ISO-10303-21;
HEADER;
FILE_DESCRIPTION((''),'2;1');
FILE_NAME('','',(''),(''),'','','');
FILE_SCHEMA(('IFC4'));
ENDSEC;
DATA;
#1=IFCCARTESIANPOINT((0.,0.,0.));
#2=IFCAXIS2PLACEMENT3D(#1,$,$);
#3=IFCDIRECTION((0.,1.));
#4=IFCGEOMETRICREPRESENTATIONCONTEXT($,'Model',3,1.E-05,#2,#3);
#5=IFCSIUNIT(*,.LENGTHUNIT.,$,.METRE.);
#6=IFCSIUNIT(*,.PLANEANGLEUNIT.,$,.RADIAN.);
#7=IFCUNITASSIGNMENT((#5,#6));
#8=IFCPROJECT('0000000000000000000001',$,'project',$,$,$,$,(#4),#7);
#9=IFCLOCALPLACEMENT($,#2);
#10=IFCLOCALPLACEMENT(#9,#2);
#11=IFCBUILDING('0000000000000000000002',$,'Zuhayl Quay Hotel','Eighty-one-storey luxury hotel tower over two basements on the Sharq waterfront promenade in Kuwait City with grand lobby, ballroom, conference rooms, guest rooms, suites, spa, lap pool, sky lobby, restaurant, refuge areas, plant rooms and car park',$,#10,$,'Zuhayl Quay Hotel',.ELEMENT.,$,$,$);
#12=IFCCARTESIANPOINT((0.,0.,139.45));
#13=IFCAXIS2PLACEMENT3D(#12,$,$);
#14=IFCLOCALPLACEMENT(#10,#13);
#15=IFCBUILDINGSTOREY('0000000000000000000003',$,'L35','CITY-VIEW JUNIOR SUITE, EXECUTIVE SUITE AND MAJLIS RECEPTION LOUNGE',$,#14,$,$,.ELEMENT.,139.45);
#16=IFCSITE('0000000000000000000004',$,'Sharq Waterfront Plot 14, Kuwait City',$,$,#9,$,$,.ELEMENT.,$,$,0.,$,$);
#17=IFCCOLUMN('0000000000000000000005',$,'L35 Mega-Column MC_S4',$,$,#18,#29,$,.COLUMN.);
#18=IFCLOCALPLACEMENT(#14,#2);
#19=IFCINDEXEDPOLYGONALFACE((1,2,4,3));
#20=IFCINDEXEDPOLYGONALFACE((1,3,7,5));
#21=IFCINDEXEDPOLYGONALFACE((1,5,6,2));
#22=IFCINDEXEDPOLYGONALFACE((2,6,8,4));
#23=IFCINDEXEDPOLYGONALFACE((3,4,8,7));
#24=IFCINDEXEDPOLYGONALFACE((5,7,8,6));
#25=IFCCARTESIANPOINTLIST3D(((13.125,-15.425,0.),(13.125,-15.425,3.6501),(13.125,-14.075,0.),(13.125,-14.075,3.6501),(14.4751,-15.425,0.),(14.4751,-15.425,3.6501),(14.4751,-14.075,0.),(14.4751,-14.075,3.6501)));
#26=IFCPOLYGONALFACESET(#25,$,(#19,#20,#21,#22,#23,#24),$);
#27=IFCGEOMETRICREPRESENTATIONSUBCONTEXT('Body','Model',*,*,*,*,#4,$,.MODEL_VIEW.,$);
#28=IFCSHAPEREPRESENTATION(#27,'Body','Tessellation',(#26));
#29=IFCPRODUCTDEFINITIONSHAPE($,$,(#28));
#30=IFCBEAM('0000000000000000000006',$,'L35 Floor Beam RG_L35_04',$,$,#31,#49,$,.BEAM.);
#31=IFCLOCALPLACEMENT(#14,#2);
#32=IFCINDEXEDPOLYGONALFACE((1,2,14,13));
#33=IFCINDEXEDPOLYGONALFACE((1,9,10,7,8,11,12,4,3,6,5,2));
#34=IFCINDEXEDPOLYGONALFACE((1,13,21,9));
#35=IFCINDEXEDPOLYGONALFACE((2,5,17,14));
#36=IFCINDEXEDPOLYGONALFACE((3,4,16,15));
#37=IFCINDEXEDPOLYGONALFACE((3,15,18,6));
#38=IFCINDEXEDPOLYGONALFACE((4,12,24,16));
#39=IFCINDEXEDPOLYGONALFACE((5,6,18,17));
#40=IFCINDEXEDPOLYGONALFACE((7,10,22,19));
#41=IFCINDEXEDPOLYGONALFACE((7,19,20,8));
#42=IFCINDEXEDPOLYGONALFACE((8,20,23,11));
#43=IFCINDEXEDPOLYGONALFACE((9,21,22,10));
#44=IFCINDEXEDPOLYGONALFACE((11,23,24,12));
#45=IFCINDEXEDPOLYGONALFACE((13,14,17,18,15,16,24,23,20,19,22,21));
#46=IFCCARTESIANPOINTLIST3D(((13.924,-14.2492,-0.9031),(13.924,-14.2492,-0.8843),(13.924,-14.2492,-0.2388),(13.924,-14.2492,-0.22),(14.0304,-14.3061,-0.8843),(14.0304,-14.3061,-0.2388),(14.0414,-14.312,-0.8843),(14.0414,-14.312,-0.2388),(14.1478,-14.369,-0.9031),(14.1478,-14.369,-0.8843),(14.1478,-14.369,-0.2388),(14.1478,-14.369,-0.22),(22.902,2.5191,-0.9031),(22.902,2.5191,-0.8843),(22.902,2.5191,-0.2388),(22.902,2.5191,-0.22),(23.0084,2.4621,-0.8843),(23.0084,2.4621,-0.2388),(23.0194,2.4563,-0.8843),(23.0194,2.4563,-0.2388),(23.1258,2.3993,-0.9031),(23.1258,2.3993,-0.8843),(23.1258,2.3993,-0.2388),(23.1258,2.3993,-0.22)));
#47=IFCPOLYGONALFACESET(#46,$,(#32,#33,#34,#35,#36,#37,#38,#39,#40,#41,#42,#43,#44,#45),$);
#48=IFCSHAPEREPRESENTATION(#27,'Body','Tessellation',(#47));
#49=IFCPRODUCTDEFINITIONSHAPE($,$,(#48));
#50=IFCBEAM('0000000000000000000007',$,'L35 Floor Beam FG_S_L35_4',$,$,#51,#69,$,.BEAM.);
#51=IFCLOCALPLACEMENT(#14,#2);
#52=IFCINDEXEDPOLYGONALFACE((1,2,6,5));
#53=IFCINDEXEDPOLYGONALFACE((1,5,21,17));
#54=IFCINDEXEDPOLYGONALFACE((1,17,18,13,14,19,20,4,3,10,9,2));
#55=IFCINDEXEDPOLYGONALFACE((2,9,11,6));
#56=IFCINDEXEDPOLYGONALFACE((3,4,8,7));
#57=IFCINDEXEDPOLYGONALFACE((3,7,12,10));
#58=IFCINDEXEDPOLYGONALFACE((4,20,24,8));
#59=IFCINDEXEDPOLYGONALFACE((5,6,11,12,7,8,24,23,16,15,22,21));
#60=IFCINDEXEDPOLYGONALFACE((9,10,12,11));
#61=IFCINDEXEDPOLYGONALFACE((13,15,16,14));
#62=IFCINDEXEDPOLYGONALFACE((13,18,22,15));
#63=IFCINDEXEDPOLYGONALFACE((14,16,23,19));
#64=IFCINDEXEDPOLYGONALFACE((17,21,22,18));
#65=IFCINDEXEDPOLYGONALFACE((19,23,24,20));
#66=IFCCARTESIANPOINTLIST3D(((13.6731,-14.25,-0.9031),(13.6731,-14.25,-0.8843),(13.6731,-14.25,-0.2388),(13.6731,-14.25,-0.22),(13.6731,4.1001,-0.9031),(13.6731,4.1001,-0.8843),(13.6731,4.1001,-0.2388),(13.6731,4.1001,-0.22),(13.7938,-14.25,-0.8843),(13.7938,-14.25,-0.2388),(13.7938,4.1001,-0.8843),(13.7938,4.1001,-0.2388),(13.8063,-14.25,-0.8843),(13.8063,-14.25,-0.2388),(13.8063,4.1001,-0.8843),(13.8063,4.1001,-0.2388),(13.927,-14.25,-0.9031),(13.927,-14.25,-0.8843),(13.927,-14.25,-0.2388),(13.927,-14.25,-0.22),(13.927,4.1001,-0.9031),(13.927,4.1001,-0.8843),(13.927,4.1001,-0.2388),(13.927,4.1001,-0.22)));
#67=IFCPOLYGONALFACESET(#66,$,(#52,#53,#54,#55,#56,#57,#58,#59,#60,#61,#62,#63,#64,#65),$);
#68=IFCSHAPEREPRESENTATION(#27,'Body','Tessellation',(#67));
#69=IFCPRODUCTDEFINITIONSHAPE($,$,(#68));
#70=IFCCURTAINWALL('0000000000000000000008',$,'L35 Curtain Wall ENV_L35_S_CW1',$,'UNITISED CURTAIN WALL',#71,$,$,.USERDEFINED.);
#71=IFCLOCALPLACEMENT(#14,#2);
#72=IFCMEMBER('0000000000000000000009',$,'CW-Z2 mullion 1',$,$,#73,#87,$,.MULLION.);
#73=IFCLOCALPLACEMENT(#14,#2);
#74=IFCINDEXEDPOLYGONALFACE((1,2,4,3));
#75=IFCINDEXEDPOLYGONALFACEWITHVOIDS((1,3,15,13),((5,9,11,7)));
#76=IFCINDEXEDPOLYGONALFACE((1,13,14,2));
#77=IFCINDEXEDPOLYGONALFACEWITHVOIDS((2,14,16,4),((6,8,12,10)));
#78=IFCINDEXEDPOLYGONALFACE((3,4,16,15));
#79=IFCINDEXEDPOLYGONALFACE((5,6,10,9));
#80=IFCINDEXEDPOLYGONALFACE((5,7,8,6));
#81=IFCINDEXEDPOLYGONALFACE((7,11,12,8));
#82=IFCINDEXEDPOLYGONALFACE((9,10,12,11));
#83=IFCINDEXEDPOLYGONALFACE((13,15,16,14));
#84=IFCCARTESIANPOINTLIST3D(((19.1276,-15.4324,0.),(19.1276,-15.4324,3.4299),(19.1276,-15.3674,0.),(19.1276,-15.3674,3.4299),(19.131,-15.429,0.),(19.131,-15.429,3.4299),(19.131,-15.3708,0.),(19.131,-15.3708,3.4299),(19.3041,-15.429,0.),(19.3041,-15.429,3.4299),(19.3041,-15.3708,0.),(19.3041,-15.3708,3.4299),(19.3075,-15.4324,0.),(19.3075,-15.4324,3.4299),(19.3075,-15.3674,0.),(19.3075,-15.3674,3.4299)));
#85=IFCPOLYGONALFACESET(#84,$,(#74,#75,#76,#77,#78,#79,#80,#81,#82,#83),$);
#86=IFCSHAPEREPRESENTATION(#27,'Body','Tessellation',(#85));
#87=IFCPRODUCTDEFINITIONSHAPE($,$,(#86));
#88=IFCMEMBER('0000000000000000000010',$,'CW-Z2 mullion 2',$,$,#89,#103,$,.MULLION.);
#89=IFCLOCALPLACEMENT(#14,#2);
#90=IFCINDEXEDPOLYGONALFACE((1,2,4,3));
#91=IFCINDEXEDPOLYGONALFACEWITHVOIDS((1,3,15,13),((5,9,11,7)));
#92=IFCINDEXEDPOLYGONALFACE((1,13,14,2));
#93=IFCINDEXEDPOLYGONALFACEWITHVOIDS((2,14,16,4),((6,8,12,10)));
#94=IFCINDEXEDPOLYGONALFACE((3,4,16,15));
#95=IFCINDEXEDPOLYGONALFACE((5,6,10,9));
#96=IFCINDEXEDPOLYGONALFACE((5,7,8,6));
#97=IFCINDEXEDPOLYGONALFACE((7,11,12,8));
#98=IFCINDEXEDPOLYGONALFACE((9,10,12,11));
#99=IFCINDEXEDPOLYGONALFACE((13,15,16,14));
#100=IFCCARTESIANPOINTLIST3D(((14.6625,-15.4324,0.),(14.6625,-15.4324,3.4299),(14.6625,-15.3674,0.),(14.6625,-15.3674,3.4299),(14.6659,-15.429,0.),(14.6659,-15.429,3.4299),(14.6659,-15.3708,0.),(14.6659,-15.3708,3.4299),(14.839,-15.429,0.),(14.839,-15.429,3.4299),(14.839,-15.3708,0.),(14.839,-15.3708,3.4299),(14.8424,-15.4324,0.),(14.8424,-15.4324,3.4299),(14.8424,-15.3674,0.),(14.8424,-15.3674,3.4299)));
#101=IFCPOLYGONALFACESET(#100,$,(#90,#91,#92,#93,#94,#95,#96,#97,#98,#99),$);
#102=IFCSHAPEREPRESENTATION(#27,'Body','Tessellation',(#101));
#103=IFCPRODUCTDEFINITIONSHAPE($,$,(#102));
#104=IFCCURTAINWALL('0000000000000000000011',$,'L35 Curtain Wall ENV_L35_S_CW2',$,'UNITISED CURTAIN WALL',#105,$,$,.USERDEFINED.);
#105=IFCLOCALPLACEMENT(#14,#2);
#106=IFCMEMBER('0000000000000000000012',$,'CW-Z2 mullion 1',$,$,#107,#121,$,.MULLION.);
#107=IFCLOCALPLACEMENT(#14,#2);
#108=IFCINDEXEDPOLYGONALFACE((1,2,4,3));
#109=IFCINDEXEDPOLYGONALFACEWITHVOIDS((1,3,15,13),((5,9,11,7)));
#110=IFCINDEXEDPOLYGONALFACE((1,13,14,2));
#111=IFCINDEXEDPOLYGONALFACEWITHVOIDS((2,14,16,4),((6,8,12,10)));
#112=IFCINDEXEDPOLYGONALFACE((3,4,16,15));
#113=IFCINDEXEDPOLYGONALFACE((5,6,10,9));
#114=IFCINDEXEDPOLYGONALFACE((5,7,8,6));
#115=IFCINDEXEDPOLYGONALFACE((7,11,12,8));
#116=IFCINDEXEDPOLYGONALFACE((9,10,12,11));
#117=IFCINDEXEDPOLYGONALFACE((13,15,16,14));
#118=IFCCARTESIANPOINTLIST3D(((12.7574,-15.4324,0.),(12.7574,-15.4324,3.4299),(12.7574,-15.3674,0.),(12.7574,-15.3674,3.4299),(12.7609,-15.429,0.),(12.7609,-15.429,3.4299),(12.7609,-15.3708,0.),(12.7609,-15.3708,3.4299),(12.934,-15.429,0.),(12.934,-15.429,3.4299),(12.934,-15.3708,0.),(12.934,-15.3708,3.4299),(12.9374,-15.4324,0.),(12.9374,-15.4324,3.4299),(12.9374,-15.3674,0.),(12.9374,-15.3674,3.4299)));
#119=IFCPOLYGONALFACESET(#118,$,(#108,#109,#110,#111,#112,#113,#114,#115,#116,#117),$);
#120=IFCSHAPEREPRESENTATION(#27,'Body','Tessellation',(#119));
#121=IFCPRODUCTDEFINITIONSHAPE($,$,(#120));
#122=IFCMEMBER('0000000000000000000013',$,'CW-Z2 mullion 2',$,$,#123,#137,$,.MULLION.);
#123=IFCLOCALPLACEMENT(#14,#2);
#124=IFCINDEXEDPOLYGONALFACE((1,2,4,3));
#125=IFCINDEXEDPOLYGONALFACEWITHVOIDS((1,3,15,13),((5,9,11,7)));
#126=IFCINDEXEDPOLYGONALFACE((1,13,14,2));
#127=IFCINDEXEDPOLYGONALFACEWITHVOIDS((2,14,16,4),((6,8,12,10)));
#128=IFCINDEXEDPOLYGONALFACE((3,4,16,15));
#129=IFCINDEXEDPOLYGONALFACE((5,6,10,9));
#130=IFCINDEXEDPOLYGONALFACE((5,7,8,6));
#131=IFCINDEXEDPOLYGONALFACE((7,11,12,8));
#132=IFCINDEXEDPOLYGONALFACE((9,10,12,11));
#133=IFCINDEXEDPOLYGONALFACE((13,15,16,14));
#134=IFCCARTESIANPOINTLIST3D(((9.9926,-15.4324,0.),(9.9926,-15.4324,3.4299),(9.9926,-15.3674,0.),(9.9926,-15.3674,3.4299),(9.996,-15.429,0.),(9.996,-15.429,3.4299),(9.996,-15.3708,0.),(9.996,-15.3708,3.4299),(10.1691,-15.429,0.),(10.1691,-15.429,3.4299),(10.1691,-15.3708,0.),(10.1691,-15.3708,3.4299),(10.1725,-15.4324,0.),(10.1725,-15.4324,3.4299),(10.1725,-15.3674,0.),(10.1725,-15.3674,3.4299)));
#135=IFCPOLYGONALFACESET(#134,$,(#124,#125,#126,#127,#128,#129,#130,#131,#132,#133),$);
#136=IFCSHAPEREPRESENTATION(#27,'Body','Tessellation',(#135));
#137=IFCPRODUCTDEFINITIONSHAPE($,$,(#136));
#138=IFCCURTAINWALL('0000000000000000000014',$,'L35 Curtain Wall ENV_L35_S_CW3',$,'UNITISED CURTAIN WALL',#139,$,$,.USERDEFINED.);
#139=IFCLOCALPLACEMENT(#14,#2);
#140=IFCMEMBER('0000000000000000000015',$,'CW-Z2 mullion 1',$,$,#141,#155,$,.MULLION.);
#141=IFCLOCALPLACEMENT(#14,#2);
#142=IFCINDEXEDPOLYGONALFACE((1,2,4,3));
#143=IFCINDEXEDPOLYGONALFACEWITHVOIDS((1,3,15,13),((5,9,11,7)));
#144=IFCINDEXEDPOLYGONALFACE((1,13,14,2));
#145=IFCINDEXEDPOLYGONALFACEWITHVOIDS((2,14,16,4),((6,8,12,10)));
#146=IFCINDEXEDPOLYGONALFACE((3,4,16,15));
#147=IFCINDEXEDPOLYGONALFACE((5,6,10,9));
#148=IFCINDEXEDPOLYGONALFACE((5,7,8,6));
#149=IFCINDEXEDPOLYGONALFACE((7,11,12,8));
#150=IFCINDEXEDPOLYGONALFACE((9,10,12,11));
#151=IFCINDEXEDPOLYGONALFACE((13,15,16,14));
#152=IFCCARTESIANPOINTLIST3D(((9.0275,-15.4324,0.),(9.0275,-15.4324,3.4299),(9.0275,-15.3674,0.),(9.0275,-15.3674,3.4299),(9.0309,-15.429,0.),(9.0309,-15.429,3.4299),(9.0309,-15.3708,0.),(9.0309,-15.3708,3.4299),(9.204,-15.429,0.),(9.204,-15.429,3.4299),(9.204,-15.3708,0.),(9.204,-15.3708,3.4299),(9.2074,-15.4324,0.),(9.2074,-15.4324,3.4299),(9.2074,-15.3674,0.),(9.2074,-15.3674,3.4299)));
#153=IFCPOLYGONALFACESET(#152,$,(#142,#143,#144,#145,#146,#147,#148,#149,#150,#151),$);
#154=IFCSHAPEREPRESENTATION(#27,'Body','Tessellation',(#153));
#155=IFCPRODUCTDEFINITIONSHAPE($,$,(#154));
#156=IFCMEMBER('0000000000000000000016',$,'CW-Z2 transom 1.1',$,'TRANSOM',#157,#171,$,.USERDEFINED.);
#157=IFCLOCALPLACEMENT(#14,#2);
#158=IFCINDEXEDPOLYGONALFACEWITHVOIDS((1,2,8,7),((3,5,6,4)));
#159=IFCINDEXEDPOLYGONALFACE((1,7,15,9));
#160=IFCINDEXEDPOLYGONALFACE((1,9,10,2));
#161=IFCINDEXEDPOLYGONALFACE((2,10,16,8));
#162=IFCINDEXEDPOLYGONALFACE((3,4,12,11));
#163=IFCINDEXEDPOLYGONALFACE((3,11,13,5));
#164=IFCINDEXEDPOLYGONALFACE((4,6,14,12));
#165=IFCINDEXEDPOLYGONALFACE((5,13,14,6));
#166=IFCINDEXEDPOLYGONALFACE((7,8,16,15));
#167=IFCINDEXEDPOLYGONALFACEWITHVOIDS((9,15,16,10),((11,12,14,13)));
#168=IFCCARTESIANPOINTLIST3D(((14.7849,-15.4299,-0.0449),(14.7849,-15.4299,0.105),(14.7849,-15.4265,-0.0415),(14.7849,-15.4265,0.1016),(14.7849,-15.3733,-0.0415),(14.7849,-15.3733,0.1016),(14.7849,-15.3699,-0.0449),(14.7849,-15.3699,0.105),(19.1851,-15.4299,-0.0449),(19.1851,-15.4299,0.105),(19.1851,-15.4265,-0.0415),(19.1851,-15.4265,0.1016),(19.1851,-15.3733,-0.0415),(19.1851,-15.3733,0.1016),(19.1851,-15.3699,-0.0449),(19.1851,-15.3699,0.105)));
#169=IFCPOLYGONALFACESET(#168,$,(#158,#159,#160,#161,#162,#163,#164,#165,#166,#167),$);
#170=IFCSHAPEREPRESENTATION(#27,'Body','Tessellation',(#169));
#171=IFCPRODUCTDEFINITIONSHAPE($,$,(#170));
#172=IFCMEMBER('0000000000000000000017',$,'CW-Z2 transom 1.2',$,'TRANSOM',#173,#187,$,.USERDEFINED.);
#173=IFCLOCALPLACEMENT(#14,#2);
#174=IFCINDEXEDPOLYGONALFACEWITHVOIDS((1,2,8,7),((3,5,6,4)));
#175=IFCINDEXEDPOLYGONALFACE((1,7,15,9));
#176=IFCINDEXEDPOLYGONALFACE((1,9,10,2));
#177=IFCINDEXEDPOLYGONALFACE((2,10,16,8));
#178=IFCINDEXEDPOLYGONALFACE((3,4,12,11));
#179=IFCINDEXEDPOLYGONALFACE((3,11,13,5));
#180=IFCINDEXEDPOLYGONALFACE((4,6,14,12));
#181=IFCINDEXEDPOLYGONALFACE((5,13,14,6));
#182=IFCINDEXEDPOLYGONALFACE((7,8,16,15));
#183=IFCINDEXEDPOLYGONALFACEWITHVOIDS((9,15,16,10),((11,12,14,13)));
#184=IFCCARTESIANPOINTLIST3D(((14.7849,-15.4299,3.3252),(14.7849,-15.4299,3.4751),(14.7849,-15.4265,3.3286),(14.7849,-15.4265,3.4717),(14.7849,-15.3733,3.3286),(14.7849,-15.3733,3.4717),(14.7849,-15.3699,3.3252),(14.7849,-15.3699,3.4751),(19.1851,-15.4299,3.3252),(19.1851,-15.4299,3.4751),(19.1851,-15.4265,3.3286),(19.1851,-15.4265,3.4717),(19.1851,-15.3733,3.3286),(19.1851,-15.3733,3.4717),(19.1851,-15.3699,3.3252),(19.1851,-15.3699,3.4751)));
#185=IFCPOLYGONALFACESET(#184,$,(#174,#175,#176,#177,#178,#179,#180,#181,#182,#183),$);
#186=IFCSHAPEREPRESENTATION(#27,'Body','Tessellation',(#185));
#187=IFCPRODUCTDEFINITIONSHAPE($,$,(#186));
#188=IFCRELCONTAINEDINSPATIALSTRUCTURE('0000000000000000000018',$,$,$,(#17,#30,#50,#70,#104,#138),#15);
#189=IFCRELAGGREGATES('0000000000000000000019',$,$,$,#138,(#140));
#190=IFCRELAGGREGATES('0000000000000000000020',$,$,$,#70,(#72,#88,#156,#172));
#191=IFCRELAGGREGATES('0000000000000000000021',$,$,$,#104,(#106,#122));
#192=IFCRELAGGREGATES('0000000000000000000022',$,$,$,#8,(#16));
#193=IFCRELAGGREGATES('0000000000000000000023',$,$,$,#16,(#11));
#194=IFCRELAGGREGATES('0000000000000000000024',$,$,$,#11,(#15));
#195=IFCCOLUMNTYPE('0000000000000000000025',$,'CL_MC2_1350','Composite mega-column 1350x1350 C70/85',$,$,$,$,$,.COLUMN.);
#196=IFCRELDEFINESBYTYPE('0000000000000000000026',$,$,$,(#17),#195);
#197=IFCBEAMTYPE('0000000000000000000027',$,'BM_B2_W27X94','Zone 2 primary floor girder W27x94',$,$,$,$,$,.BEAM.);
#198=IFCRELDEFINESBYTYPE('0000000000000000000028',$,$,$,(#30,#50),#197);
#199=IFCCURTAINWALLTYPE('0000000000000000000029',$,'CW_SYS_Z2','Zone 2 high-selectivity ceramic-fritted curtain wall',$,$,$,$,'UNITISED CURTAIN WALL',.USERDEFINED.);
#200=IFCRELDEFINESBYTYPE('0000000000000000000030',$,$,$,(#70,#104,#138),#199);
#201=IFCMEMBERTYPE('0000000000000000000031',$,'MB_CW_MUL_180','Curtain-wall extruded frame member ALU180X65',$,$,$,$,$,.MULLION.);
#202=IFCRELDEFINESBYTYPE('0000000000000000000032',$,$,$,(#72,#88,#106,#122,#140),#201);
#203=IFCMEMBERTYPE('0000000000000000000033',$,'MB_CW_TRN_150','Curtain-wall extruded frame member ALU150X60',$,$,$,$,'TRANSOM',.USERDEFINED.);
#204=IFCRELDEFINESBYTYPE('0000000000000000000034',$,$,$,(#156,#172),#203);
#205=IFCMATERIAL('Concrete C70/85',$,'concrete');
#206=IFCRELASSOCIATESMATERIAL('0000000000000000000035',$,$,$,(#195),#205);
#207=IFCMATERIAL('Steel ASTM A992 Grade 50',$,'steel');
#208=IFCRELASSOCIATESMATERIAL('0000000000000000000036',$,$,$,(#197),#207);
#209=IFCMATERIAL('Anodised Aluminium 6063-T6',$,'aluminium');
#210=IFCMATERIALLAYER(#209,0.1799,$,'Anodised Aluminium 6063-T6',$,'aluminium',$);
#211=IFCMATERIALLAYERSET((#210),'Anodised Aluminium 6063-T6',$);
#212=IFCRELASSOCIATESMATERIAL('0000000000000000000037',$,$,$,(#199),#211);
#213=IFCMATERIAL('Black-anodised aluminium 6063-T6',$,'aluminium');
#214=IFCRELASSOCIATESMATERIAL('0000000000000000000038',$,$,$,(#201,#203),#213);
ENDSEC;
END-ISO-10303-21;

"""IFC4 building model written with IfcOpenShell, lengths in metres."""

from ifc_helpers import new_model, si_unit, direction, frame, origin, origin_2d, place, context, subcontext, project, spatial, rectangle, hollow_rectangle, i_section, extrude, material, layer, layer_set, material_profile, profile_set, type_object, element, aggregate, save


model = new_model("IFC4")

# Units and contexts
model_context = context("Model", 3, precision=1e-05, world=origin(), true_north=direction((0.0, 1.0)))
body_context = subcontext(model_context, "Body", "Model", "MODEL_VIEW")
ifc_project = project(units=[si_unit("LENGTHUNIT", "METRE"), si_unit("PLANEANGLEUNIT", "RADIAN")], contexts=[model_context])

# Site, building, storey
site_placement = place(None, origin())
site = spatial("IfcSite", under=ifc_project, at=site_placement, Name="Sharq Waterfront Plot 14, Kuwait City", CompositionType="ELEMENT", RefElevation=0.0)
building_placement = place(site_placement, origin())
building = spatial("IfcBuilding", under=site, at=building_placement, Name="Zuhayl Quay Hotel", Description="Eighty-one-storey luxury hotel tower over two basements on the Sharq waterfront promenade in Kuwait City with grand lobby, ballroom, conference rooms, guest rooms, suites, spa, lap pool, sky lobby, restaurant, refuge areas, plant rooms and car park", LongName="Zuhayl Quay Hotel", CompositionType="ELEMENT")
storey_placement = place(building_placement, frame((0.0, 0.0, 139.45)))
storey = spatial("IfcBuildingStorey", under=building, at=storey_placement, Name="L35", Description="CITY-VIEW JUNIOR SUITE, EXECUTIVE SUITE AND MAJLIS RECEPTION LOUNGE", CompositionType="ELEMENT", Elevation=139.45)

# Column
ifc_material_1 = material(Name="Concrete C70/85", Category="concrete")
ifc_material_profile_1 = material_profile(ifc_material_1, rectangle(XDim=1.3501, YDim=1.3501, at=origin_2d()), Name="RC1350X1350")
ifc_profile_set_1 = profile_set([ifc_material_profile_1], Name="Concrete C70/85")
column_type = type_object("IfcColumnType", Name="CL_MC2_1350", Description="Composite mega-column 1350x1350 C70/85", PredefinedType="COLUMN", material=ifc_profile_set_1)
column_placement = place(storey_placement, frame((13.8, -14.75, 0.0), z_axis=(0.0, 0.0, 1.0), x_axis=(1.0, 0.0, 0.0)))
element("IfcColumn", 1, at=column_placement, inside=storey, type_object=column_type, Name="L35 Mega-Column MC_S4", PredefinedType="COLUMN", context=body_context, shape_type="SweptSolid", body=[
    extrude(rectangle(XDim=1.3501, YDim=1.3501, at=origin_2d()), origin(), (0.0, 0.0, 1.0), 3.6501),
])

# Beams
ifc_material_2 = material(Name="Steel ASTM A992 Grade 50", Category="steel")
ifc_material_profile_2 = material_profile(ifc_material_2, i_section(OverallWidth=0.2539, OverallDepth=0.6831, WebThickness=0.0125, FlangeThickness=0.0188, at=origin_2d()), Name="W27X94")
ifc_profile_set_2 = profile_set([ifc_material_profile_2], Name="Steel ASTM A992 Grade 50")
beam_type = type_object("IfcBeamType", Name="BM_B2_W27X94", Description="Zone 2 primary floor girder W27x94", PredefinedType="BEAM", material=ifc_profile_set_2)
beam_1_placement = place(storey_placement, frame((14.0359, -14.3091, -0.5615), z_axis=(0.472017, 0.881589, 0.0), x_axis=(-0.881589, 0.472017, 0.0)))
element("IfcBeam", 2, at=beam_1_placement, inside=storey, type_object=beam_type, Name="L35 Floor Beam RG_L35_04", PredefinedType="BEAM", context=body_context, shape_type="SweptSolid", body=[
    extrude(i_section(OverallWidth=0.2539, OverallDepth=0.6831, WebThickness=0.0125, FlangeThickness=0.0188, at=origin_2d()), origin(), (0.0, 0.0, 1.0), 19.0205),
])
beam_2_placement = place(storey_placement, frame((13.8, -14.25, -0.5615), z_axis=(0.0, 1.0, 0.0), x_axis=(-1.0, 0.0, 0.0)))
element("IfcBeam", 3, at=beam_2_placement, inside=storey, type_object=beam_type, Name="L35 Floor Beam FG_S_L35_4", PredefinedType="BEAM", context=body_context, shape_type="SweptSolid", body=[
    extrude(i_section(OverallWidth=0.2539, OverallDepth=0.6831, WebThickness=0.0125, FlangeThickness=0.0188, at=origin_2d()), origin(), (0.0, 0.0, 1.0), 18.3501),
])

# Curtain walls, members
ifc_material_3 = material(Name="Anodised Aluminium 6063-T6", Category="aluminium")
ifc_layer_1 = layer(ifc_material_3, 0.1799, Name="Anodised Aluminium 6063-T6", Category="aluminium")
ifc_layer_set_1 = layer_set([ifc_layer_1], Name="Anodised Aluminium 6063-T6")
curtain_wall_type = type_object("IfcCurtainWallType", Name="CW_SYS_Z2", Description="Zone 2 high-selectivity ceramic-fritted curtain wall", ElementType="UNITISED CURTAIN WALL", PredefinedType="USERDEFINED", material=ifc_layer_set_1)
curtain_wall_1_placement = place(storey_placement, origin())
curtain_wall_1 = element("IfcCurtainWall", 4, at=curtain_wall_1_placement, inside=storey, type_object=curtain_wall_type, Name="L35 Curtain Wall ENV_L35_S_CW1", ObjectType="UNITISED CURTAIN WALL", PredefinedType="USERDEFINED")
ifc_material_4 = material(Name="Black-anodised aluminium 6063-T6", Category="aluminium")
ifc_material_profile_3 = material_profile(ifc_material_4, hollow_rectangle(XDim=0.0649, YDim=0.1799, WallThickness=0.0034, at=origin_2d()), Name="ALU180X65")
ifc_profile_set_3 = profile_set([ifc_material_profile_3], Name="Black-anodised aluminium 6063-T6")
member_type_1 = type_object("IfcMemberType", Name="MB_CW_MUL_180", Description="Curtain-wall extruded frame member ALU180X65", PredefinedType="MULLION", material=ifc_profile_set_3)
member_1_placement = place(storey_placement, frame((19.2175, -15.3999, 0.0), z_axis=(0.0, 0.0, 1.0), x_axis=(0.0, -1.0, 0.0)))
member_1 = element("IfcMember", 5, at=member_1_placement, type_object=member_type_1, Name="CW-Z2 mullion 1", PredefinedType="MULLION", context=body_context, shape_type="SweptSolid", body=[
    extrude(hollow_rectangle(XDim=0.0649, YDim=0.1799, WallThickness=0.0034, at=origin_2d()), origin(), (0.0, 0.0, 1.0), 3.4299),
])
member_2_placement = place(storey_placement, frame((14.7524, -15.3999, 0.0), z_axis=(0.0, 0.0, 1.0), x_axis=(0.0, -1.0, 0.0)))
member_2 = element("IfcMember", 6, at=member_2_placement, type_object=member_type_1, Name="CW-Z2 mullion 2", PredefinedType="MULLION", context=body_context, shape_type="SweptSolid", body=[
    extrude(hollow_rectangle(XDim=0.0649, YDim=0.1799, WallThickness=0.0034, at=origin_2d()), origin(), (0.0, 0.0, 1.0), 3.4299),
])
curtain_wall_2_placement = place(storey_placement, origin())
curtain_wall_2 = element("IfcCurtainWall", 7, at=curtain_wall_2_placement, inside=storey, type_object=curtain_wall_type, Name="L35 Curtain Wall ENV_L35_S_CW2", ObjectType="UNITISED CURTAIN WALL", PredefinedType="USERDEFINED")
member_3_placement = place(storey_placement, frame((12.8474, -15.3999, 0.0), z_axis=(0.0, 0.0, 1.0), x_axis=(0.0, -1.0, 0.0)))
member_3 = element("IfcMember", 8, at=member_3_placement, type_object=member_type_1, Name="CW-Z2 mullion 1", PredefinedType="MULLION", context=body_context, shape_type="SweptSolid", body=[
    extrude(hollow_rectangle(XDim=0.0649, YDim=0.1799, WallThickness=0.0034, at=origin_2d()), origin(), (0.0, 0.0, 1.0), 3.4299),
])
member_4_placement = place(storey_placement, frame((10.0825, -15.3999, 0.0), z_axis=(0.0, 0.0, 1.0), x_axis=(0.0, -1.0, 0.0)))
member_4 = element("IfcMember", 9, at=member_4_placement, type_object=member_type_1, Name="CW-Z2 mullion 2", PredefinedType="MULLION", context=body_context, shape_type="SweptSolid", body=[
    extrude(hollow_rectangle(XDim=0.0649, YDim=0.1799, WallThickness=0.0034, at=origin_2d()), origin(), (0.0, 0.0, 1.0), 3.4299),
])

# Curtain wall, member
curtain_wall_3_placement = place(storey_placement, origin())
curtain_wall_3 = element("IfcCurtainWall", 10, at=curtain_wall_3_placement, inside=storey, type_object=curtain_wall_type, Name="L35 Curtain Wall ENV_L35_S_CW3", ObjectType="UNITISED CURTAIN WALL", PredefinedType="USERDEFINED")
member_5_placement = place(storey_placement, frame((9.1174, -15.3999, 0.0), z_axis=(0.0, 0.0, 1.0), x_axis=(0.0, -1.0, 0.0)))
member_5 = element("IfcMember", 11, at=member_5_placement, type_object=member_type_1, Name="CW-Z2 mullion 1", PredefinedType="MULLION", context=body_context, shape_type="SweptSolid", body=[
    extrude(hollow_rectangle(XDim=0.0649, YDim=0.1799, WallThickness=0.0034, at=origin_2d()), origin(), (0.0, 0.0, 1.0), 3.4299),
])

# Members
ifc_material_profile_4 = material_profile(ifc_material_4, hollow_rectangle(XDim=0.0601, YDim=0.1499, WallThickness=0.0034, at=origin_2d()), Name="ALU150X60")
ifc_profile_set_4 = profile_set([ifc_material_profile_4], Name="Black-anodised aluminium 6063-T6")
member_type_2 = type_object("IfcMemberType", Name="MB_CW_TRN_150", Description="Curtain-wall extruded frame member ALU150X60", ElementType="TRANSOM", PredefinedType="USERDEFINED", material=ifc_profile_set_4)
member_6_placement = place(storey_placement, frame((19.1851, -15.3999, 0.03), z_axis=(-1.0, 0.0, 0.0), x_axis=(0.0, -1.0, 0.0)))
member_6 = element("IfcMember", 12, at=member_6_placement, type_object=member_type_2, Name="CW-Z2 transom 1.1", ObjectType="TRANSOM", PredefinedType="USERDEFINED", context=body_context, shape_type="SweptSolid", body=[
    extrude(hollow_rectangle(XDim=0.0601, YDim=0.1499, WallThickness=0.0034, at=origin_2d()), origin(), (0.0, 0.0, 1.0), 4.4001),
])
member_7_placement = place(storey_placement, frame((19.1851, -15.3999, 3.4001), z_axis=(-1.0, 0.0, 0.0), x_axis=(0.0, -1.0, 0.0)))
member_7 = element("IfcMember", 13, at=member_7_placement, type_object=member_type_2, Name="CW-Z2 transom 1.2", ObjectType="TRANSOM", PredefinedType="USERDEFINED", context=body_context, shape_type="SweptSolid", body=[
    extrude(hollow_rectangle(XDim=0.0601, YDim=0.1499, WallThickness=0.0034, at=origin_2d()), origin(), (0.0, 0.0, 1.0), 4.4001),
])
aggregate(curtain_wall_3, [member_5])

aggregate(curtain_wall_1, [member_1, member_2, member_6, member_7])
aggregate(curtain_wall_2, [member_3, member_4])

save(model, "model.ifc")
